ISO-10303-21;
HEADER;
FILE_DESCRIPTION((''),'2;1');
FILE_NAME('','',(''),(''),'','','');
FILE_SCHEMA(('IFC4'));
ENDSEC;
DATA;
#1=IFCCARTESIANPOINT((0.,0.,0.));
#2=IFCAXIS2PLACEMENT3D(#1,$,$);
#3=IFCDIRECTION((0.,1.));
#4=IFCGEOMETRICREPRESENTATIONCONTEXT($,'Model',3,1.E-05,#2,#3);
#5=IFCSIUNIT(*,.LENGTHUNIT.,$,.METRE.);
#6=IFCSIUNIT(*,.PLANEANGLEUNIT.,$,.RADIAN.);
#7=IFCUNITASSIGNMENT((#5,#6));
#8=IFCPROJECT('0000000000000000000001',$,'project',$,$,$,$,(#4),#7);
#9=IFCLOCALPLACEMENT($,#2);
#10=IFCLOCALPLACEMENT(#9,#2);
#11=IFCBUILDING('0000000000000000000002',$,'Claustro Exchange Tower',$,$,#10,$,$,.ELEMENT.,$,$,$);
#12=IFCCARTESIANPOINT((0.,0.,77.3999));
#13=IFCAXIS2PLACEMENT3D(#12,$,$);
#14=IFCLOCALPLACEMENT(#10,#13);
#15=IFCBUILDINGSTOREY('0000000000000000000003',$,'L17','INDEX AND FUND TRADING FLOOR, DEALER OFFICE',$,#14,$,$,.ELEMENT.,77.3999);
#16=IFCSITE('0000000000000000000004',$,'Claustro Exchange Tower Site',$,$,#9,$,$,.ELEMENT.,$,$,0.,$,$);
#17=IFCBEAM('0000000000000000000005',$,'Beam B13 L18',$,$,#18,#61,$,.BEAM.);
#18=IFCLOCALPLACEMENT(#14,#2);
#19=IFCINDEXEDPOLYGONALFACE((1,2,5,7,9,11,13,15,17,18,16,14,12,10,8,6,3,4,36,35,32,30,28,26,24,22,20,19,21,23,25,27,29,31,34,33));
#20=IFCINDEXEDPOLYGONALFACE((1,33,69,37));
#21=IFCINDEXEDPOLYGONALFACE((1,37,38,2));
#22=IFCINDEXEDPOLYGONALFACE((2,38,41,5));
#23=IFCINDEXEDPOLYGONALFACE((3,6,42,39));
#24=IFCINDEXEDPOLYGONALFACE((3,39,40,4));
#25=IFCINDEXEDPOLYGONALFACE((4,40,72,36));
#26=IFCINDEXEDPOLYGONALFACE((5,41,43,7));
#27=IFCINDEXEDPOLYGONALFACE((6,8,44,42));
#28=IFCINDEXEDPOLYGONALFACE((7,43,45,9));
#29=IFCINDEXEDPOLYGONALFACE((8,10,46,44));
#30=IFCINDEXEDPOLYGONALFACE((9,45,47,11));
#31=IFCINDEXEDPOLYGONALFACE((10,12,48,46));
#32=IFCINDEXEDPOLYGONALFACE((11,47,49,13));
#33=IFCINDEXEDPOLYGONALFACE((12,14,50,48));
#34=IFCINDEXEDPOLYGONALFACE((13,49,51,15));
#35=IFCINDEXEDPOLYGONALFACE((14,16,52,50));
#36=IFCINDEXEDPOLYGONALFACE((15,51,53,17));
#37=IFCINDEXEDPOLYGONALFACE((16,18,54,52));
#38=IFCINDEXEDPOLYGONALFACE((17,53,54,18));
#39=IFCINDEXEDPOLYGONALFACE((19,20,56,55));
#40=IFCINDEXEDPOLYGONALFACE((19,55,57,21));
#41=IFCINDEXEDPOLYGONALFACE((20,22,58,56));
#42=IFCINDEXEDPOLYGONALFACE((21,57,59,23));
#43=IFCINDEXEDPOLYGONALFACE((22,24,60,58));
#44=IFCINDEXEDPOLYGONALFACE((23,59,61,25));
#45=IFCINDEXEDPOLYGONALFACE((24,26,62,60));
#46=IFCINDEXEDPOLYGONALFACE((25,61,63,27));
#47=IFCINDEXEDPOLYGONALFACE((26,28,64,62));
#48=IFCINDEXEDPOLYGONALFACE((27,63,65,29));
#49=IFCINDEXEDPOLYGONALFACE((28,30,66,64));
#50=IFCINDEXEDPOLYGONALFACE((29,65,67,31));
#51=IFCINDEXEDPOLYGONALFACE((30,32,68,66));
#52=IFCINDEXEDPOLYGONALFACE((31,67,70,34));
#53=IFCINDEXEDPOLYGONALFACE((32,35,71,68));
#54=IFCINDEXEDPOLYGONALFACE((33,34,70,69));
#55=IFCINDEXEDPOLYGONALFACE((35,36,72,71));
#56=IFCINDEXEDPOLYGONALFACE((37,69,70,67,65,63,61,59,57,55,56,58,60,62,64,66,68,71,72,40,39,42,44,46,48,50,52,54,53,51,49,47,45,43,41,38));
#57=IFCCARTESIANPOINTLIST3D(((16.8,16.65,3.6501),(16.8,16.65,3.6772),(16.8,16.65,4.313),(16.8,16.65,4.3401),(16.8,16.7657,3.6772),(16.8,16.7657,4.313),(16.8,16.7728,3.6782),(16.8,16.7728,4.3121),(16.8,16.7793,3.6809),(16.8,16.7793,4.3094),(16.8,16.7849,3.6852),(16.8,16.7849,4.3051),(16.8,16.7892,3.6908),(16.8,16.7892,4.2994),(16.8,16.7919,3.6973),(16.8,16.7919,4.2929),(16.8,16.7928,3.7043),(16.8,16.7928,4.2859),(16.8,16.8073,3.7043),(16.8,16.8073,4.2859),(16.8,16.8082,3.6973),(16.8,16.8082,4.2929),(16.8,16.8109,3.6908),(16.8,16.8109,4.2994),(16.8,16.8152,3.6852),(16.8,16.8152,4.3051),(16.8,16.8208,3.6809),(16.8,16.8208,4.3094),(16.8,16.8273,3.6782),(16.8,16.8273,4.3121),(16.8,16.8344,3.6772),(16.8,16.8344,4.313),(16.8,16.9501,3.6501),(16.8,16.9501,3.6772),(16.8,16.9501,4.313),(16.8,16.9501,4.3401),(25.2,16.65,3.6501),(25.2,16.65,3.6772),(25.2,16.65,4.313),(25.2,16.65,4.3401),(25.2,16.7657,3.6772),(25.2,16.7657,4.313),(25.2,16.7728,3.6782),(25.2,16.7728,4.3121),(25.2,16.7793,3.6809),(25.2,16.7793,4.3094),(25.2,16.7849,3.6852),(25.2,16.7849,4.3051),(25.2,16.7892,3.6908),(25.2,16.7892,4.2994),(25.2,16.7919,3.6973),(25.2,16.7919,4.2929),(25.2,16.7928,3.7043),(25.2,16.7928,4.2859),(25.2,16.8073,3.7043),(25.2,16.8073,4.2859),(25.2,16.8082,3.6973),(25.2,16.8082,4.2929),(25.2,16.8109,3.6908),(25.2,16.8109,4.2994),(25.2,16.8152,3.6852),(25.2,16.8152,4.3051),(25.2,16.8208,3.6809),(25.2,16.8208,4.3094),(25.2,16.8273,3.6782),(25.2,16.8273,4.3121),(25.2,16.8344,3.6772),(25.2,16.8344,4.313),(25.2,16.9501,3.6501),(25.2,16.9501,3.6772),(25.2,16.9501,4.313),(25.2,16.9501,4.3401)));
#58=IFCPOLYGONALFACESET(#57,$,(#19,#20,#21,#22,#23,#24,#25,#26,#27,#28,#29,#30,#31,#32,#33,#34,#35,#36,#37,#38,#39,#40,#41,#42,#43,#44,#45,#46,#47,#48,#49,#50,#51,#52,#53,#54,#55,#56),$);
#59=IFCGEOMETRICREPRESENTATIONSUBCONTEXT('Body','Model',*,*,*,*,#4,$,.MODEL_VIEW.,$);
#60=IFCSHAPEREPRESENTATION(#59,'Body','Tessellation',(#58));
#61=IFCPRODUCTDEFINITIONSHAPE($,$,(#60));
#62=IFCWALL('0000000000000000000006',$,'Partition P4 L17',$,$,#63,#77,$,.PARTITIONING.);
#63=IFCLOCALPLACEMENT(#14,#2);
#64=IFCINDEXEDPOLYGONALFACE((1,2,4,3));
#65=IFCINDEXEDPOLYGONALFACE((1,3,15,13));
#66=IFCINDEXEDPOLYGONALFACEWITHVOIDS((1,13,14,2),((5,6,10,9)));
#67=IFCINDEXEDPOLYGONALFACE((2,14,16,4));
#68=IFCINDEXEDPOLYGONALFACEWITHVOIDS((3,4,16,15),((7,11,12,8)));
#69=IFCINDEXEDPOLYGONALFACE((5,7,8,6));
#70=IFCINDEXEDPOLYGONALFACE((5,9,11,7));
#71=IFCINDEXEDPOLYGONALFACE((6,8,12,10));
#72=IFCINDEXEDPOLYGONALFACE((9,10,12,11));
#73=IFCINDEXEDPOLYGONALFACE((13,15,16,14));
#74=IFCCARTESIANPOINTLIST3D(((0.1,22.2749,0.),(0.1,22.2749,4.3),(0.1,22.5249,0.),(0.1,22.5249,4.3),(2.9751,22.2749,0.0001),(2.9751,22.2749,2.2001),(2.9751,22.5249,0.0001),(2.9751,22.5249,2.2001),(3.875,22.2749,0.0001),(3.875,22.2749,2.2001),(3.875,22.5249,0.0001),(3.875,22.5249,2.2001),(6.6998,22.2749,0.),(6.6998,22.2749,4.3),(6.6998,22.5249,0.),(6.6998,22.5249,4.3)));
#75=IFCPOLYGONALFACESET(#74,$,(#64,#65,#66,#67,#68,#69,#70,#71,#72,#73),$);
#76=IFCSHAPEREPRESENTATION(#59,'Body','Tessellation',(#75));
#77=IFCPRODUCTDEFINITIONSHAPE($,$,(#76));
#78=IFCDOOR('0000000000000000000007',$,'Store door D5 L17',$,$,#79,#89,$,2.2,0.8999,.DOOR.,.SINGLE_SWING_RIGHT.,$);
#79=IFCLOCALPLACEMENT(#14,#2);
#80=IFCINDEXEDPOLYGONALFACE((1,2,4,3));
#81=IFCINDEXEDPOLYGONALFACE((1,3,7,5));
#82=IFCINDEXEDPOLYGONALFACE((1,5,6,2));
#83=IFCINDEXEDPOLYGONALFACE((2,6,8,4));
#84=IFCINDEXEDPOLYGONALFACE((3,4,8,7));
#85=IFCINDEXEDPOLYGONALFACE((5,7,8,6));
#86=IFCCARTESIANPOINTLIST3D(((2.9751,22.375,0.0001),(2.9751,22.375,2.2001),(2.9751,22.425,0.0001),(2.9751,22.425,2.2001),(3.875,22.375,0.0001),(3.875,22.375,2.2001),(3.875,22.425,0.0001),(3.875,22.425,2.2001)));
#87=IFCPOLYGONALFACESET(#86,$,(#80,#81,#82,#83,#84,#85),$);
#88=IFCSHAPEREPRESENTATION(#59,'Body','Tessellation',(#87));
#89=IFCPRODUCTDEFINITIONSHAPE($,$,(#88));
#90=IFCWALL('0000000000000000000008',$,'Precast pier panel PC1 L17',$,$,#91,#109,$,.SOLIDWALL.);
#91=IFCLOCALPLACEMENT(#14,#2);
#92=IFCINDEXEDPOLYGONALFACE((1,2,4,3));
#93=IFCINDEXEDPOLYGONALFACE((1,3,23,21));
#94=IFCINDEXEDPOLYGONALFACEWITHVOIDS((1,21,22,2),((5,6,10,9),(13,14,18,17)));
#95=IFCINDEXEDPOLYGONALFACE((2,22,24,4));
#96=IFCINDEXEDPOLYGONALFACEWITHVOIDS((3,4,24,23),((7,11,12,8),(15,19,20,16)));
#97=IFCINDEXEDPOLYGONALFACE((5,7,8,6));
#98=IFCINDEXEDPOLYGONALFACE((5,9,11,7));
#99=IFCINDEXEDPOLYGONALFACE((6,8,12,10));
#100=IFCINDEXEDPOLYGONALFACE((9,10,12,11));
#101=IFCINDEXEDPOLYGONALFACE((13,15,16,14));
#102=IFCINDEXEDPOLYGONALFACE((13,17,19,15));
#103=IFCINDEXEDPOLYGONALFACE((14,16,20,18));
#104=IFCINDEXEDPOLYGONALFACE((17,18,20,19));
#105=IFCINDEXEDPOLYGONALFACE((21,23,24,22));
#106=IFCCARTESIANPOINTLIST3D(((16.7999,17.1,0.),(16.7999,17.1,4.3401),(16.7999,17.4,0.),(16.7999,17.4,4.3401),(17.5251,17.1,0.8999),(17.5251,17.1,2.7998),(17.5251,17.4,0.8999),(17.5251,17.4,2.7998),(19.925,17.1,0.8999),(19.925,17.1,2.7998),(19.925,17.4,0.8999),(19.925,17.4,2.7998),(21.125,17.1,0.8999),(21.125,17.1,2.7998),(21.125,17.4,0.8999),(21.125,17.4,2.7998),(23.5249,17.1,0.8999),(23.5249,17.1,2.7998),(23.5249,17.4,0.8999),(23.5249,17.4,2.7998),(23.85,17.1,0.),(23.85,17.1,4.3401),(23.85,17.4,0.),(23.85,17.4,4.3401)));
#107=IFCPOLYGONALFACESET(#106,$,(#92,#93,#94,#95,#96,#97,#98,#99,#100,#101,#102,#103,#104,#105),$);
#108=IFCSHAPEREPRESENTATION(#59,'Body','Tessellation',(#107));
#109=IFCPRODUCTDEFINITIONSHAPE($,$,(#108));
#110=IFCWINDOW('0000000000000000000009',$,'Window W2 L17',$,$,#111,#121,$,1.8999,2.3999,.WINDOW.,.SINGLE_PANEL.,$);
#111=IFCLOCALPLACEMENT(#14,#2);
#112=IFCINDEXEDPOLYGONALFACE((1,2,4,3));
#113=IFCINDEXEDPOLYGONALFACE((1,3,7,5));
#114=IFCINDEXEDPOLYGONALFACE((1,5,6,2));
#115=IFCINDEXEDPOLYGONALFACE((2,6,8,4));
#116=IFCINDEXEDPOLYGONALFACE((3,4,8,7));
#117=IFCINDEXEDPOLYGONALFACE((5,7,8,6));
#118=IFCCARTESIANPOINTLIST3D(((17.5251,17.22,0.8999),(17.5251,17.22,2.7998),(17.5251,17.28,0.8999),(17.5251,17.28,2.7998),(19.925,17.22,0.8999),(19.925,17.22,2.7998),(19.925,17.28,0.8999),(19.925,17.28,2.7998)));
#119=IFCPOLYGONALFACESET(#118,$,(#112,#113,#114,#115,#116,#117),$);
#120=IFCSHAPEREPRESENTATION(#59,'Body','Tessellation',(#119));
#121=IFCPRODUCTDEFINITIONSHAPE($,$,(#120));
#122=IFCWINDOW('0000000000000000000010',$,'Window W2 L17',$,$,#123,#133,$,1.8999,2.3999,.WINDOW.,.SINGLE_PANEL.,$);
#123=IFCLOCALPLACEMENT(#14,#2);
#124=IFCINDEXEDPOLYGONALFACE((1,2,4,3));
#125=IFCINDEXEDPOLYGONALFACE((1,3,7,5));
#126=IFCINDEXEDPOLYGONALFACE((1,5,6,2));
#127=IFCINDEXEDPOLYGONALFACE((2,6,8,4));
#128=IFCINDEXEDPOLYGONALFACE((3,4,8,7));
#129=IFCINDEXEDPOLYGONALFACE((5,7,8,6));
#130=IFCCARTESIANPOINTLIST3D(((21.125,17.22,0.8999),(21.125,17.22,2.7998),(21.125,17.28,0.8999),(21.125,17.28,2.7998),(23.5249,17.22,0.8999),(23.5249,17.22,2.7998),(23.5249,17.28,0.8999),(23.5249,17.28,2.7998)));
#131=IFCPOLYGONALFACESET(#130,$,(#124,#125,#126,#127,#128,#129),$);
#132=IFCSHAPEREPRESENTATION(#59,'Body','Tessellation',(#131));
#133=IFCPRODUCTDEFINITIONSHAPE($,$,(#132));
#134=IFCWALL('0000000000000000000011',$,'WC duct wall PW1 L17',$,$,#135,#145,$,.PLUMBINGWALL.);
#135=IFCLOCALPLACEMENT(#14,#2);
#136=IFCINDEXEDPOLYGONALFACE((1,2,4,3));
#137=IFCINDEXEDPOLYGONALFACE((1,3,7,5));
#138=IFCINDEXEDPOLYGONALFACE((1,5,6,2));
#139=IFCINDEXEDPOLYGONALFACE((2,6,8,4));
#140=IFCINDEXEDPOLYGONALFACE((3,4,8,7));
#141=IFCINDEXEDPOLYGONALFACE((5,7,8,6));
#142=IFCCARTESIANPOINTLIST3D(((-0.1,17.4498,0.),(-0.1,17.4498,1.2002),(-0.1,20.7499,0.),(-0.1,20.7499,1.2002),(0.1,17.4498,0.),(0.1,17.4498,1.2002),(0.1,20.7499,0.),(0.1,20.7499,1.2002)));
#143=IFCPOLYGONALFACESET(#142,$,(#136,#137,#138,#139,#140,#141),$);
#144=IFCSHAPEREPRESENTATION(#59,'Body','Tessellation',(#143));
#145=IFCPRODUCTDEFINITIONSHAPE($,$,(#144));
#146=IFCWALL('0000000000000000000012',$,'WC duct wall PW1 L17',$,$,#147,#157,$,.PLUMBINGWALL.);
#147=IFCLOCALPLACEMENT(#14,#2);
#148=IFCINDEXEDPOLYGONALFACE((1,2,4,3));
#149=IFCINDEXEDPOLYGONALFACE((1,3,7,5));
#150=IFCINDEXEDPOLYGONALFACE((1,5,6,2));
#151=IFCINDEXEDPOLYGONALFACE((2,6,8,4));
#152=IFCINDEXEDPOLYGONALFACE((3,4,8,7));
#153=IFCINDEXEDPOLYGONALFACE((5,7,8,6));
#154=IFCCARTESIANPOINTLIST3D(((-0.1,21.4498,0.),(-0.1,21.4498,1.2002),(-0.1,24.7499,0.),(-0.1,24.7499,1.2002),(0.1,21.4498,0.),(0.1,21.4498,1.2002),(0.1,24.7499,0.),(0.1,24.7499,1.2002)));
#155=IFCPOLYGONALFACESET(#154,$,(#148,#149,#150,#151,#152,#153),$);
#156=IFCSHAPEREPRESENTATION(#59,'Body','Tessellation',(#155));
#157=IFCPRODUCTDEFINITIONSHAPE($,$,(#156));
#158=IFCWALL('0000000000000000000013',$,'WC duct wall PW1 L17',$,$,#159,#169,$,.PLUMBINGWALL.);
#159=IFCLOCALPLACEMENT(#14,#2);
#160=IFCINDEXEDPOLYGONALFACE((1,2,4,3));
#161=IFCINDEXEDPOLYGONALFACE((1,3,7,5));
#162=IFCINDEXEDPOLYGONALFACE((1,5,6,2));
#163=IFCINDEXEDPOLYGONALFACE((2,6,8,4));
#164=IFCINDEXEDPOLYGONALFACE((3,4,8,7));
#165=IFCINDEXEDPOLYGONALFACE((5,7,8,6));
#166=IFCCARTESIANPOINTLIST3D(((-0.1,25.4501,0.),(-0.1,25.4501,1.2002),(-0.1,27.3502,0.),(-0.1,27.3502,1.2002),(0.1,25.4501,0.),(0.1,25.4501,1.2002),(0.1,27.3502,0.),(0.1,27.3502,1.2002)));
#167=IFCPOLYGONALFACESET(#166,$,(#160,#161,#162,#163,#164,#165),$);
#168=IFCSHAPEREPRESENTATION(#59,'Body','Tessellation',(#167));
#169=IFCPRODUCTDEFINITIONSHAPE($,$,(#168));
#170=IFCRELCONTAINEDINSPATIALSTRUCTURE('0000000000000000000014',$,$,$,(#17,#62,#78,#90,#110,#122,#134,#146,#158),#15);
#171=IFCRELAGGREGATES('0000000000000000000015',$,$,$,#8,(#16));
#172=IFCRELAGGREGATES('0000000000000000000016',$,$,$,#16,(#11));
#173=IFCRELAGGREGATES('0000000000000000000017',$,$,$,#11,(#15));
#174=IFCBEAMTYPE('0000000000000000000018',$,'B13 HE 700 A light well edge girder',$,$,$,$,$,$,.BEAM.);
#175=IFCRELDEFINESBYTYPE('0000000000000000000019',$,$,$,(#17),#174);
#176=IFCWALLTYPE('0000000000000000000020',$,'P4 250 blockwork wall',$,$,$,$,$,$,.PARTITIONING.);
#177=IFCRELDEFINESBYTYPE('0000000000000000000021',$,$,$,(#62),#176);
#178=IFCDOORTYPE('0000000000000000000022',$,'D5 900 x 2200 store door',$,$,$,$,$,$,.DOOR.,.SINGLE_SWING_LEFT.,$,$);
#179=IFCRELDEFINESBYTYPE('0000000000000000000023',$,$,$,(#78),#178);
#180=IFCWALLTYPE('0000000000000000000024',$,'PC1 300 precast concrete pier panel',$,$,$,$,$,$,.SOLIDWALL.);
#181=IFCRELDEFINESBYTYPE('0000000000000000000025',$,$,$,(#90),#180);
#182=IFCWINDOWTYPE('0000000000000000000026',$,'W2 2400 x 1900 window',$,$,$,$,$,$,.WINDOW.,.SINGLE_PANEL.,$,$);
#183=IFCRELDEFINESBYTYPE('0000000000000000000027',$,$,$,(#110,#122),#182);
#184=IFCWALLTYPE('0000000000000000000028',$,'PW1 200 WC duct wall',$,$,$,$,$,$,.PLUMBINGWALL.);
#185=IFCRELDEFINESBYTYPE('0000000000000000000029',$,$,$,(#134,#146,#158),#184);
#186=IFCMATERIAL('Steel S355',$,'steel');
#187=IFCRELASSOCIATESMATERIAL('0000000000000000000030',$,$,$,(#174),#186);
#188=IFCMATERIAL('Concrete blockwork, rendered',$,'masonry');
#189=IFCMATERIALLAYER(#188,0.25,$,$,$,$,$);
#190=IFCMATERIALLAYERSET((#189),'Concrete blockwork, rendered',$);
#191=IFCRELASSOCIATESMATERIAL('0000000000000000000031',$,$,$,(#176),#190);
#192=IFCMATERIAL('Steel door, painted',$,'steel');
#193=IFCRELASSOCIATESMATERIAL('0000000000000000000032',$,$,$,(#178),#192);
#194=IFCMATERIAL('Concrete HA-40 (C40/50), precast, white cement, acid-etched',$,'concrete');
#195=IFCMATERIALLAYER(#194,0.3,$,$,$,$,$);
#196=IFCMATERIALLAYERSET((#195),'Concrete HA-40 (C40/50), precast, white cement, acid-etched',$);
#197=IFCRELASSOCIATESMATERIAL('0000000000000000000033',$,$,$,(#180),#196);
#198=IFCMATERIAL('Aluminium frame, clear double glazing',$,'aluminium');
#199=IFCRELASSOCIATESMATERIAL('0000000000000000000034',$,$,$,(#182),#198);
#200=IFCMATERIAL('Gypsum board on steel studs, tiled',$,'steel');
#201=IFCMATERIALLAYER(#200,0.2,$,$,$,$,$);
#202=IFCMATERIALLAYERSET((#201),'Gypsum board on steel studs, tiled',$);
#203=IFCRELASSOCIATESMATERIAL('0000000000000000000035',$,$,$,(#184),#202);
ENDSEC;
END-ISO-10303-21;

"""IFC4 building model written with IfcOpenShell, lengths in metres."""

from ifc_helpers import new_model, si_unit, direction, frame, frame_2d, origin, origin_2d, place, context, subcontext, project, spatial, rectangle, i_section, extrude, material, layer, layer_set, material_profile, profile_set, type_object, element, fill, save


model = new_model("IFC4")

# Units and contexts
model_context = context("Model", 3, precision=1e-05, world=origin(), true_north=direction((0.0, 1.0)))
body_context = subcontext(model_context, "Body", "Model", "MODEL_VIEW")
ifc_project = project(units=[si_unit("LENGTHUNIT", "METRE"), si_unit("PLANEANGLEUNIT", "RADIAN")], contexts=[model_context])

# Site, building, storey
site_placement = place(None, origin())
site = spatial("IfcSite", under=ifc_project, at=site_placement, Name="Claustro Exchange Tower Site", CompositionType="ELEMENT", RefElevation=0.0)
building_placement = place(site_placement, origin())
building = spatial("IfcBuilding", under=site, at=building_placement, Name="Claustro Exchange Tower", CompositionType="ELEMENT")
storey_placement = place(building_placement, frame((0.0, 0.0, 77.3999)))
storey = spatial("IfcBuildingStorey", under=building, at=storey_placement, Name="L17", Description="INDEX AND FUND TRADING FLOOR, DEALER OFFICE", CompositionType="ELEMENT", Elevation=77.3999)

# Beam
ifc_material_1 = material(Name="Steel S355", Category="steel")
ifc_material_profile = material_profile(ifc_material_1, i_section(OverallWidth=0.3, OverallDepth=0.6899, WebThickness=0.0144, FlangeThickness=0.0271, FilletRadius=0.0271, at=origin_2d()), Name="HE 700 A")
ifc_profile_set = profile_set([ifc_material_profile], Name="Steel S355")
beam_type = type_object("IfcBeamType", Name="B13 HE 700 A light well edge girder", PredefinedType="BEAM", material=ifc_profile_set)
beam_placement = place(storey_placement, frame((16.8, 16.8, 3.9951), z_axis=(1.0, 0.0, 0.0), x_axis=(0.0, 1.0, 0.0)))
element("IfcBeam", 1, at=beam_placement, inside=storey, type_object=beam_type, Name="Beam B13 L18", PredefinedType="BEAM", context=body_context, shape_type="SweptSolid", body=[
    extrude(i_section(OverallWidth=0.3, OverallDepth=0.6899, WebThickness=0.0144, FlangeThickness=0.0271, FilletRadius=0.0271, at=origin_2d()), origin(), (0.0, 0.0, 1.0), 8.3999),
])

# Wall, opening, door
ifc_material_2 = material(Name="Concrete blockwork, rendered", Category="masonry")
ifc_layer_1 = layer(ifc_material_2, 0.25)
ifc_layer_set_1 = layer_set([ifc_layer_1], Name="Concrete blockwork, rendered")
wall_type_1 = type_object("IfcWallType", Name="P4 250 blockwork wall", PredefinedType="PARTITIONING", material=ifc_layer_set_1)
wall_1_placement = place(storey_placement, frame((0.1001, 22.3999, 0.0), z_axis=(0.0, 0.0, 1.0), x_axis=(1.0, 0.0, 0.0)))
wall_1 = element("IfcWall", 2, at=wall_1_placement, inside=storey, type_object=wall_type_1, Name="Partition P4 L17", PredefinedType="PARTITIONING", context=body_context, shape_type="SweptSolid", body=[
    extrude(rectangle(XDim=6.5999, YDim=0.25, at=frame_2d((3.2998, 0.0))), origin(), (0.0, 0.0, 1.0), 4.3),
])
opening_1_placement = place(wall_1_placement, frame((2.875, 0.0, 0.0)))
opening_1 = element("IfcOpeningElement", 3, at=opening_1_placement, cuts=wall_1, PredefinedType="OPENING", context=body_context, shape_type="SweptSolid", body=[
    extrude(rectangle(XDim=0.8999, YDim=2.2, at=frame_2d((0.45, 1.1001))), frame((0.0, 0.135, 0.0), z_axis=(0.0, -1.0, 0.0), x_axis=(1.0, 0.0, 0.0)), (0.0, 0.0, 1.0), 0.27),
])
ifc_material_3 = material(Name="Steel door, painted", Category="steel")
door_type = type_object("IfcDoorType", Name="D5 900 x 2200 store door", OperationType="SINGLE_SWING_LEFT", PredefinedType="DOOR", material=ifc_material_3)
door_placement = place(opening_1_placement, frame((0.8999, 0.0, 0.0), z_axis=(0.0, 0.0, 1.0), x_axis=(-1.0, 0.0, 0.0)))
door = element("IfcDoor", 4, at=door_placement, inside=storey, type_object=door_type, Name="Store door D5 L17", OperationType="SINGLE_SWING_RIGHT", OverallHeight=2.2, OverallWidth=0.8999, PredefinedType="DOOR", context=body_context, shape_type="SweptSolid", body=[
    extrude(rectangle(XDim=0.8999, YDim=2.2, at=frame_2d((0.45, 1.1001))), frame((0.0, 0.0249, 0.0), z_axis=(0.0, -1.0, 0.0), x_axis=(1.0, 0.0, 0.0)), (0.0, 0.0, 1.0), 0.05),
])
fill(opening_1, door)

# Wall, openings, windows
ifc_material_4 = material(Name="Concrete HA-40 (C40/50), precast, white cement, acid-etched", Category="concrete")
ifc_layer_2 = layer(ifc_material_4, 0.3)
ifc_layer_set_2 = layer_set([ifc_layer_2], Name="Concrete HA-40 (C40/50), precast, white cement, acid-etched")
wall_type_2 = type_object("IfcWallType", Name="PC1 300 precast concrete pier panel", PredefinedType="SOLIDWALL", material=ifc_layer_set_2)
wall_2_placement = place(storey_placement, frame((16.8, 17.25, 0.0), z_axis=(0.0, 0.0, 1.0), x_axis=(1.0, 0.0, 0.0)))
wall_2 = element("IfcWall", 5, at=wall_2_placement, inside=storey, type_object=wall_type_2, Name="Precast pier panel PC1 L17", PredefinedType="SOLIDWALL", context=body_context, shape_type="SweptSolid", body=[
    extrude(rectangle(XDim=7.05, YDim=0.3, at=frame_2d((3.5249, 0.0))), origin(), (0.0, 0.0, 1.0), 4.3401),
])
opening_2_placement = place(wall_2_placement, frame((0.7251, 0.0, 0.8999)))
opening_2 = element("IfcOpeningElement", 6, at=opening_2_placement, cuts=wall_2, PredefinedType="OPENING", context=body_context, shape_type="SweptSolid", body=[
    extrude(rectangle(XDim=2.3999, YDim=1.8999, at=frame_2d((1.2, 0.95))), frame((0.0, 0.1599, 0.0), z_axis=(0.0, -1.0, 0.0), x_axis=(1.0, 0.0, 0.0)), (0.0, 0.0, 1.0), 0.3201),
])
opening_3_placement = place(wall_2_placement, frame((4.325, 0.0, 0.8999)))
opening_3 = element("IfcOpeningElement", 7, at=opening_3_placement, cuts=wall_2, PredefinedType="OPENING", context=body_context, shape_type="SweptSolid", body=[
    extrude(rectangle(XDim=2.3999, YDim=1.8999, at=frame_2d((1.2, 0.95))), frame((0.0, 0.1599, 0.0), z_axis=(0.0, -1.0, 0.0), x_axis=(1.0, 0.0, 0.0)), (0.0, 0.0, 1.0), 0.3201),
])
ifc_material_5 = material(Name="Aluminium frame, clear double glazing", Category="aluminium")
window_type = type_object("IfcWindowType", Name="W2 2400 x 1900 window", PartitioningType="SINGLE_PANEL", PredefinedType="WINDOW", material=ifc_material_5)
window_1_placement = place(opening_2_placement, origin())
window_1 = element("IfcWindow", 8, at=window_1_placement, inside=storey, type_object=window_type, Name="Window W2 L17", OverallHeight=1.8999, OverallWidth=2.3999, PartitioningType="SINGLE_PANEL", PredefinedType="WINDOW", context=body_context, shape_type="SweptSolid", body=[
    extrude(rectangle(XDim=2.3999, YDim=1.8999, at=frame_2d((1.2, 0.95))), frame((0.0, 0.03, 0.0), z_axis=(0.0, -1.0, 0.0), x_axis=(1.0, 0.0, 0.0)), (0.0, 0.0, 1.0), 0.0601),
])
fill(opening_2, window_1)
window_2_placement = place(opening_3_placement, origin())
window_2 = element("IfcWindow", 9, at=window_2_placement, inside=storey, type_object=window_type, Name="Window W2 L17", OverallHeight=1.8999, OverallWidth=2.3999, PartitioningType="SINGLE_PANEL", PredefinedType="WINDOW", context=body_context, shape_type="SweptSolid", body=[
    extrude(rectangle(XDim=2.3999, YDim=1.8999, at=frame_2d((1.2, 0.95))), frame((0.0, 0.03, 0.0), z_axis=(0.0, -1.0, 0.0), x_axis=(1.0, 0.0, 0.0)), (0.0, 0.0, 1.0), 0.0601),
])
fill(opening_3, window_2)

# Walls
ifc_material_6 = material(Name="Gypsum board on steel studs, tiled", Category="steel")
ifc_layer_3 = layer(ifc_material_6, 0.2)
ifc_layer_set_3 = layer_set([ifc_layer_3], Name="Gypsum board on steel studs, tiled")
wall_type_3 = type_object("IfcWallType", Name="PW1 200 WC duct wall", PredefinedType="PLUMBINGWALL", material=ifc_layer_set_3)
for number, where, z_axis, x_axis, name in (
    (10, (0.0, 17.45, 0.0), (0.0, 0.0, 1.0), (0.0, 1.0, 0.0), "WC duct wall PW1 L17"),
    (11, (0.0, 21.45, 0.0), (0.0, 0.0, 1.0), (0.0, 1.0, 0.0), "WC duct wall PW1 L17"),
):
    element("IfcWall", number, at=place(storey_placement, frame(where, z_axis=z_axis, x_axis=x_axis)), inside=storey, type_object=wall_type_3, Name=name, PredefinedType="PLUMBINGWALL", context=body_context, shape_type="SweptSolid", body=[
        extrude(rectangle(XDim=3.3, YDim=0.2, at=frame_2d((1.6499, 0.0))), origin(), (0.0, 0.0, 1.0), 1.2002),
    ])
wall_3_placement = place(storey_placement, frame((0.0, 25.45, 0.0), z_axis=(0.0, 0.0, 1.0), x_axis=(0.0, 1.0, 0.0)))
element("IfcWall", 12, at=wall_3_placement, inside=storey, type_object=wall_type_3, Name="WC duct wall PW1 L17", PredefinedType="PLUMBINGWALL", context=body_context, shape_type="SweptSolid", body=[
    extrude(rectangle(XDim=1.9001, YDim=0.2, at=frame_2d((0.9502, 0.0))), origin(), (0.0, 0.0, 1.0), 1.2002),
])

save(model, "model.ifc")
